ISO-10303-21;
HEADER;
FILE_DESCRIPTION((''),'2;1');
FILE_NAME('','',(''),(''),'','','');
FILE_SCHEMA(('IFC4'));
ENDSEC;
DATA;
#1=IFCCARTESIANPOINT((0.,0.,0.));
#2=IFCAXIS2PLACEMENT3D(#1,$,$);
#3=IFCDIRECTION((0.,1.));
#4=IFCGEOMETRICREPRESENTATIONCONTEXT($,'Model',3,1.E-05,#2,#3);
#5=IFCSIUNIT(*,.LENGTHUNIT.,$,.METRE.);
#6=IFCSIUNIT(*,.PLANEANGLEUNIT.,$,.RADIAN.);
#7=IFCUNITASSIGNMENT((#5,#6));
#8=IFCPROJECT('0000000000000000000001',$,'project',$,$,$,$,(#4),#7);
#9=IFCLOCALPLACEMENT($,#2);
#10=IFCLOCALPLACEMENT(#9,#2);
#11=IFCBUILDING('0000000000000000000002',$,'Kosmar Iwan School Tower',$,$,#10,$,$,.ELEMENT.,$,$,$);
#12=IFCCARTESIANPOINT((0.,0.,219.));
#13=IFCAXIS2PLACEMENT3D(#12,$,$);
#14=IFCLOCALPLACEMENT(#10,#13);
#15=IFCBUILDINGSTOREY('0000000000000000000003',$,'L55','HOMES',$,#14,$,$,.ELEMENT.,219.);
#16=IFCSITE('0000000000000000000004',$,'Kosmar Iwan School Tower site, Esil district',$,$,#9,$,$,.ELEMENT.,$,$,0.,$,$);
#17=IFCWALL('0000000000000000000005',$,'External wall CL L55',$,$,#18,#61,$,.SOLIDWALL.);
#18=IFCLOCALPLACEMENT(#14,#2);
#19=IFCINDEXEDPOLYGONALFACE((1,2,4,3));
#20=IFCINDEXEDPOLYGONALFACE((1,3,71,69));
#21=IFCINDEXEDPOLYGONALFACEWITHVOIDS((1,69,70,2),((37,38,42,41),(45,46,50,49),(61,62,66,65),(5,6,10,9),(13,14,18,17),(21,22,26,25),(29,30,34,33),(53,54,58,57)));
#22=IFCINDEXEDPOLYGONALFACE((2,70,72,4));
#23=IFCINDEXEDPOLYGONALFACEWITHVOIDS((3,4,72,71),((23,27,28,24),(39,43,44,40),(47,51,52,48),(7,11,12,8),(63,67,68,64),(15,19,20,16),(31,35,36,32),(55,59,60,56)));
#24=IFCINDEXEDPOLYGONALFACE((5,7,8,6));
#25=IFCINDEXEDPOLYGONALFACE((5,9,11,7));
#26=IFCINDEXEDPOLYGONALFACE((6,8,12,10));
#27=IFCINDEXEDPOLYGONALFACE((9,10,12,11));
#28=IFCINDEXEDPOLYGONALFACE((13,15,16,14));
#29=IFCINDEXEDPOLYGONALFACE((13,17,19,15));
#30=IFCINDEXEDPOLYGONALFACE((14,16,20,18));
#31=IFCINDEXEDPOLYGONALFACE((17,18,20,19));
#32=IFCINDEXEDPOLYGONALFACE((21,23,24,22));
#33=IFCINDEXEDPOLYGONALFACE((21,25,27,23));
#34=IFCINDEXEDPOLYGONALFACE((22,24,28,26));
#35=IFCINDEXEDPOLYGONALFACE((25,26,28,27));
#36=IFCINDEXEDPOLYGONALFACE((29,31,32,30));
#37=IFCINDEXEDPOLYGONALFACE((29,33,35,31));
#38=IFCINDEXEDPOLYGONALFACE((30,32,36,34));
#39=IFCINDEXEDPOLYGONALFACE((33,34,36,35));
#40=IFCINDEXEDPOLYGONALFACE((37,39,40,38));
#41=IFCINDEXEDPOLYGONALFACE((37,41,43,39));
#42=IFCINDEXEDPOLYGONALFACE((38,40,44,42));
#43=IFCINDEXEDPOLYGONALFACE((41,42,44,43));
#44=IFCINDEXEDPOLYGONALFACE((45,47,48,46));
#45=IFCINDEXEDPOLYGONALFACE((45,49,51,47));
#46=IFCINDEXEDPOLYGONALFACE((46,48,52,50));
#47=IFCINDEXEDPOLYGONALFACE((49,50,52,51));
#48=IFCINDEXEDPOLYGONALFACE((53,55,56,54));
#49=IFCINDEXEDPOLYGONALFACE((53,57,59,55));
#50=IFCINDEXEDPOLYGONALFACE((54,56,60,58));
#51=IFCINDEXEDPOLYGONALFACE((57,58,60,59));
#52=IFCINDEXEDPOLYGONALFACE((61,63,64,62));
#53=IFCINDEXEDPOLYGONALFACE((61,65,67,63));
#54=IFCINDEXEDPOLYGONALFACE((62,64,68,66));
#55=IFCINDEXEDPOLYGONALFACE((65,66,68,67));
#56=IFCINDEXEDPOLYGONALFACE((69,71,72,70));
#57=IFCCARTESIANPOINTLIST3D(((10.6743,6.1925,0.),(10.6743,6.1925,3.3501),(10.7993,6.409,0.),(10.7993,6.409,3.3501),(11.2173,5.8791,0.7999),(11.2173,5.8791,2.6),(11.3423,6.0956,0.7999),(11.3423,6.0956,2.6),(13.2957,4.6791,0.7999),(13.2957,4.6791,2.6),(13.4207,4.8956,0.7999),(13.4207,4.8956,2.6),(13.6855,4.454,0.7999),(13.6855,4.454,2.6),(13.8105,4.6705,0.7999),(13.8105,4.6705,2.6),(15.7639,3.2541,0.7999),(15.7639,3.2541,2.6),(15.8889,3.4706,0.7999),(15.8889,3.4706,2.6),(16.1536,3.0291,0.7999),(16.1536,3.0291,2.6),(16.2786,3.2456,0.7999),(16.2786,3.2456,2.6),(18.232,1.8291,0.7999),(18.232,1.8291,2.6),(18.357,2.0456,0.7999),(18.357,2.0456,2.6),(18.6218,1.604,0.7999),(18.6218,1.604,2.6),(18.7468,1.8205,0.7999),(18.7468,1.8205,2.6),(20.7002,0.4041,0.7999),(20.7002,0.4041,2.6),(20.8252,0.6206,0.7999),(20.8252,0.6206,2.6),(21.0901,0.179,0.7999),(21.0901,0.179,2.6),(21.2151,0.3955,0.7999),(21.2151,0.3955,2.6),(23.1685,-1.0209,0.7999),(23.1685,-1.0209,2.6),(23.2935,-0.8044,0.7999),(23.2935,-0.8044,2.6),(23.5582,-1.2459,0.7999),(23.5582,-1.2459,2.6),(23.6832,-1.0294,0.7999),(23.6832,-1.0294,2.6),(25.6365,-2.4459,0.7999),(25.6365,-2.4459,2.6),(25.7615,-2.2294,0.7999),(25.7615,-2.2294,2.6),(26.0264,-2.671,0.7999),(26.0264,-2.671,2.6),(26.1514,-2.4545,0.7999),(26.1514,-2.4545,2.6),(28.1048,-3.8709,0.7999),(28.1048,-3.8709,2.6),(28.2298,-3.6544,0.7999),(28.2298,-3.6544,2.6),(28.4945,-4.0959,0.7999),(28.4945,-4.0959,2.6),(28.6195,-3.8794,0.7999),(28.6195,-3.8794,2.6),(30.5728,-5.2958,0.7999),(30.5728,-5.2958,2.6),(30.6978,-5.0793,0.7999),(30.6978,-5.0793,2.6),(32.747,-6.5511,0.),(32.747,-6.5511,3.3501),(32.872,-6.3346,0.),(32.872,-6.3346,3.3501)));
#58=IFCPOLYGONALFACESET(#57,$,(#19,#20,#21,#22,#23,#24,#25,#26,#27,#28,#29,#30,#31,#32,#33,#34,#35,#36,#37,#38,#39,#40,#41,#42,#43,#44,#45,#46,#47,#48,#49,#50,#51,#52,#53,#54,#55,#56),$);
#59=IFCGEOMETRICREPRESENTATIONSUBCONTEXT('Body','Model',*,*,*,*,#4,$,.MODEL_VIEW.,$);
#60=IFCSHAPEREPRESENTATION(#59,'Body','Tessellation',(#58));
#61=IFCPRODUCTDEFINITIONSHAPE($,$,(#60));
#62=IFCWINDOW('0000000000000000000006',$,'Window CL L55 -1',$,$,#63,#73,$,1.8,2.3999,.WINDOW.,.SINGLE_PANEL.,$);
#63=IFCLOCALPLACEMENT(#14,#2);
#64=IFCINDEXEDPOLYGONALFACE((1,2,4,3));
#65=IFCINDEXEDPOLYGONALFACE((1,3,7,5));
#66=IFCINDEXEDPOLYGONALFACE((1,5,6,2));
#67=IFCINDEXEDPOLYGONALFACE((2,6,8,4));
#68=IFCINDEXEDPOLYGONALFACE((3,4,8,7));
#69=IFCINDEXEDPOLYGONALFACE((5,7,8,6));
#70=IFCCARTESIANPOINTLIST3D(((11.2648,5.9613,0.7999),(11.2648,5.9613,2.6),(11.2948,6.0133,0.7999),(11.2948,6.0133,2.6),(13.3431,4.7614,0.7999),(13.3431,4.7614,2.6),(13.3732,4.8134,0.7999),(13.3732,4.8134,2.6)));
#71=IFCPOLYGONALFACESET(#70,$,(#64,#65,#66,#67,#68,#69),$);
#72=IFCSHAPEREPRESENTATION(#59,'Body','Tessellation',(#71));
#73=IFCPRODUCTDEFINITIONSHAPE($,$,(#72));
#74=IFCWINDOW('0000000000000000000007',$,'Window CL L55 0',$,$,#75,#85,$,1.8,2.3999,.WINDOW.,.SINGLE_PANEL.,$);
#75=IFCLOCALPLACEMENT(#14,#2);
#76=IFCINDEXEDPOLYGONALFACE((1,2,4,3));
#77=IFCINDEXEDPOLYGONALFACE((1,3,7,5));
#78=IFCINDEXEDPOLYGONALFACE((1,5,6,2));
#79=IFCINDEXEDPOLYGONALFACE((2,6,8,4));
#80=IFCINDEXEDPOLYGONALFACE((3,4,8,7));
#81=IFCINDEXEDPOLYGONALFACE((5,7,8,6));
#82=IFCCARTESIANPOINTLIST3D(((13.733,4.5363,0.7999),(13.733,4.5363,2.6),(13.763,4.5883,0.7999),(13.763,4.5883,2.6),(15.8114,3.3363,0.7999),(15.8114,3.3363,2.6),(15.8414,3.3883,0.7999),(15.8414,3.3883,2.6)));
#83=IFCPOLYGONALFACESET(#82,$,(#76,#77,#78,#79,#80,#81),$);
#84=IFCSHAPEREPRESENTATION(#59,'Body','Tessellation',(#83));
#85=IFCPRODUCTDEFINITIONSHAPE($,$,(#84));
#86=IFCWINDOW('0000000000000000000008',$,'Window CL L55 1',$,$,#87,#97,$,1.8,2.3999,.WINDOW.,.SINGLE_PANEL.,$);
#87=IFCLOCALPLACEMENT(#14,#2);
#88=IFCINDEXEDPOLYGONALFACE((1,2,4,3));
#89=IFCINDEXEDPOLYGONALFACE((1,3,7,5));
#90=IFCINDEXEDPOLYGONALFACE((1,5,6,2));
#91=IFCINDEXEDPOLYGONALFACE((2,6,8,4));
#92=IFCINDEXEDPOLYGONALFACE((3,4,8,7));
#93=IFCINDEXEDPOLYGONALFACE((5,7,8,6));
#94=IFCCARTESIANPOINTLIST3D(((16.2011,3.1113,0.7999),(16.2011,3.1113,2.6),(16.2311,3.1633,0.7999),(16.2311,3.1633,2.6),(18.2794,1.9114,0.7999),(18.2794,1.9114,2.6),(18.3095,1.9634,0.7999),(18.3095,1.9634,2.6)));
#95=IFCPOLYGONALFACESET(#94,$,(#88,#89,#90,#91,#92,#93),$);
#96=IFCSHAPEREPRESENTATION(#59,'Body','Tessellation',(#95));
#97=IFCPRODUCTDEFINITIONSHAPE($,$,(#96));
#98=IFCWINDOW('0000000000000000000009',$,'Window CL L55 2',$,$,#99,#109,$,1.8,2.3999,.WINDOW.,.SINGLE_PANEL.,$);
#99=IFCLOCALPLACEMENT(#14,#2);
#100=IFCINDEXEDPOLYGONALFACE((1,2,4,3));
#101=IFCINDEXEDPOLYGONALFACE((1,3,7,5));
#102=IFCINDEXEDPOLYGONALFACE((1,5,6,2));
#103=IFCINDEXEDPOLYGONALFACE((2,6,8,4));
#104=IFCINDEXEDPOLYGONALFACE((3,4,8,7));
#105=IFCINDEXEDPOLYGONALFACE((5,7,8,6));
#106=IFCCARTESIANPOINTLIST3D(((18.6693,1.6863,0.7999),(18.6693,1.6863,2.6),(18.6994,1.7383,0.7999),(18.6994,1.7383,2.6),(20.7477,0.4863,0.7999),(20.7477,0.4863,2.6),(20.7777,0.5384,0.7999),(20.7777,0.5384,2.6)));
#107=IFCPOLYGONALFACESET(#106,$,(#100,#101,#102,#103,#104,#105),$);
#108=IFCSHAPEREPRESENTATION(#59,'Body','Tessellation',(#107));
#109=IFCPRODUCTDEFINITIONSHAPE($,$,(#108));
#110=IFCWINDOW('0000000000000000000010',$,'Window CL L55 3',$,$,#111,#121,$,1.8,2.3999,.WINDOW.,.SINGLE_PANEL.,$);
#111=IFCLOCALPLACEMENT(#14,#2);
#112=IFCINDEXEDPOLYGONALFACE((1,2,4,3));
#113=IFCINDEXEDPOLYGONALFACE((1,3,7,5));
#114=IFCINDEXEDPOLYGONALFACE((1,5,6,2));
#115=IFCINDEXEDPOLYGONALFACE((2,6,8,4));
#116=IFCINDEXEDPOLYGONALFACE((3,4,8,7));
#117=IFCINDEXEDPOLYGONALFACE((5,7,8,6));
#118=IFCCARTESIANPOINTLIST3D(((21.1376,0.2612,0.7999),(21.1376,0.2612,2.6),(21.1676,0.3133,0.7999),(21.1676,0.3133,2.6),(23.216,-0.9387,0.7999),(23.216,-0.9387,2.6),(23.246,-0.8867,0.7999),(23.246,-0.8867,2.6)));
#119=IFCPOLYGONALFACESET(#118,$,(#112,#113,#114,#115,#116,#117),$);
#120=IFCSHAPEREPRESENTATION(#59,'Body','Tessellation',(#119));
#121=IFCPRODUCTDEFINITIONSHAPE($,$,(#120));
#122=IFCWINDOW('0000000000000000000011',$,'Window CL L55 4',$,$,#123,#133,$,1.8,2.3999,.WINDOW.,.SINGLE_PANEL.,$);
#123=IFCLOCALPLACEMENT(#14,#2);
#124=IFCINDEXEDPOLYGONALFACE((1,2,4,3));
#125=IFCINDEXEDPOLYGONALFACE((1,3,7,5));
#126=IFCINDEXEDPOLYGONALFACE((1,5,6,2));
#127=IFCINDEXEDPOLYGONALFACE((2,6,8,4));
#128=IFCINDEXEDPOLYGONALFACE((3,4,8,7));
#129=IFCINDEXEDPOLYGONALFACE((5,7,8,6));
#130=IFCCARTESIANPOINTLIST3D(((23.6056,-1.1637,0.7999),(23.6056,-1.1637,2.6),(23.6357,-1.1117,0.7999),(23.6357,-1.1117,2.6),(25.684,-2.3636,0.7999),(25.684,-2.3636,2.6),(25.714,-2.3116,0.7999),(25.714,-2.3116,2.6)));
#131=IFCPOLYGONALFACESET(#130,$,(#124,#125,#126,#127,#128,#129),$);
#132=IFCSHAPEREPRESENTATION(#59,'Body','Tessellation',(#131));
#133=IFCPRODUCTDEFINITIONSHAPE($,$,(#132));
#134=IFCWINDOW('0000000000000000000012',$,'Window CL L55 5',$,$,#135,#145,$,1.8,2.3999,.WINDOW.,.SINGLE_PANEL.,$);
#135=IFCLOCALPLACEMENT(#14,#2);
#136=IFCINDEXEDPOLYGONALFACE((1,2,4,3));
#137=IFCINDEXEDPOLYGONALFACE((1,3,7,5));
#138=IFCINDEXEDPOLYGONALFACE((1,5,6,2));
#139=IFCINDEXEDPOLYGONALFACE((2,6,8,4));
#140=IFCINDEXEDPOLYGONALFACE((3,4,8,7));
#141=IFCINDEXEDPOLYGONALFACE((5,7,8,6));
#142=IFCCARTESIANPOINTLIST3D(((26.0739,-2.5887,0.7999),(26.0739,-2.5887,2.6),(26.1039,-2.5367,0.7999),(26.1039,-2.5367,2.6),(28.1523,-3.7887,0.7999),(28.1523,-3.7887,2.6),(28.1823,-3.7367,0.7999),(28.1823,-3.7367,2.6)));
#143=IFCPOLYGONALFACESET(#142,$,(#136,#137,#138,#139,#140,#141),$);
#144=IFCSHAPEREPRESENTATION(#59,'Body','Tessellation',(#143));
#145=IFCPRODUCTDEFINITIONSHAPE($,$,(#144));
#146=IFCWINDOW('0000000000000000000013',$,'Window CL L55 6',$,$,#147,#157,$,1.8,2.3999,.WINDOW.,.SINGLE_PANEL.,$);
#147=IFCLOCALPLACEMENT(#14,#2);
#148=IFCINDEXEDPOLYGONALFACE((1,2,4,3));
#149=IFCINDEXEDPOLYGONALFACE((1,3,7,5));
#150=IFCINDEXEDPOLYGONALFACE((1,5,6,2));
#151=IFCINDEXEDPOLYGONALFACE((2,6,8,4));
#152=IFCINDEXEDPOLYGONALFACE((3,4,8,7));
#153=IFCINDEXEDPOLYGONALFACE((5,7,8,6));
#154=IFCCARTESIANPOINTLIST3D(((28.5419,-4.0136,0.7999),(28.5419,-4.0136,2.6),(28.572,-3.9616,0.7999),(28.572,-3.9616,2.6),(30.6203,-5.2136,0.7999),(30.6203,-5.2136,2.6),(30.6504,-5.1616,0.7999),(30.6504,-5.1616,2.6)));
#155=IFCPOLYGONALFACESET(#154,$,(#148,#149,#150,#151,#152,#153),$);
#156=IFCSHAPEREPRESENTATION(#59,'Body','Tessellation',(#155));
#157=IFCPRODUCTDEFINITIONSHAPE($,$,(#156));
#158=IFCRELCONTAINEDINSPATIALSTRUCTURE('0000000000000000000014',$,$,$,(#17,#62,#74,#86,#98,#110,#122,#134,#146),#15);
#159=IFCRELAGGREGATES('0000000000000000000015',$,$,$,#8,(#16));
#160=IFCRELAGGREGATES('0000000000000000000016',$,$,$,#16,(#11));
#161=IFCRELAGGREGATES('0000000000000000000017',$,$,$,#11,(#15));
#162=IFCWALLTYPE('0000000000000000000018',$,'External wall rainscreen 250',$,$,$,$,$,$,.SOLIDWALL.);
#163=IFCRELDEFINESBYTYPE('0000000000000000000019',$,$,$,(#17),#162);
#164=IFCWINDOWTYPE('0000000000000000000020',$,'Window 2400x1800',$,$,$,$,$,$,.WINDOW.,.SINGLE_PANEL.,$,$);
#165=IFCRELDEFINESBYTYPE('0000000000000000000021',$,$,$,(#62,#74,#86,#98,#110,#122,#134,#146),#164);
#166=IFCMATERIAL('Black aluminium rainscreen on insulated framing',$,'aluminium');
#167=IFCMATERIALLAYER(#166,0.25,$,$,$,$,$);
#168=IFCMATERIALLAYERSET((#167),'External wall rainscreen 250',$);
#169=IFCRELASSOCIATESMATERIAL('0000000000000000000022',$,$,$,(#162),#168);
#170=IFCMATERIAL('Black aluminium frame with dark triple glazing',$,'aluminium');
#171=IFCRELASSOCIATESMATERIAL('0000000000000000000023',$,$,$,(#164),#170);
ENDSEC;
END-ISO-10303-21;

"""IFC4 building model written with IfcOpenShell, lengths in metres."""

from ifc_helpers import new_model, si_unit, direction, frame, frame_2d, origin, place, context, subcontext, project, spatial, rectangle, extrude, material, layer, layer_set, type_object, element, fill, save


model = new_model("IFC4")

# Units and contexts
model_context = context("Model", 3, precision=1e-05, world=origin(), true_north=direction((0.0, 1.0)))
body_context = subcontext(model_context, "Body", "Model", "MODEL_VIEW")
ifc_project = project(units=[si_unit("LENGTHUNIT", "METRE"), si_unit("PLANEANGLEUNIT", "RADIAN")], contexts=[model_context])

# Site, building, storey
site_placement = place(None, origin())
site = spatial("IfcSite", under=ifc_project, at=site_placement, Name="Kosmar Iwan School Tower site, Esil district", CompositionType="ELEMENT", RefElevation=0.0)
building_placement = place(site_placement, origin())
building = spatial("IfcBuilding", under=site, at=building_placement, Name="Kosmar Iwan School Tower", CompositionType="ELEMENT")
storey_placement = place(building_placement, frame((0.0, 0.0, 219.0)))
storey = spatial("IfcBuildingStorey", under=building, at=storey_placement, Name="L55", Description="HOMES", CompositionType="ELEMENT", Elevation=219.0)

# Wall, openings, windows
ifc_material_1 = material(Name="Black aluminium rainscreen on insulated framing", Category="aluminium")
ifc_layer_1 = layer(ifc_material_1, 0.25)
ifc_layer_set_1 = layer_set([ifc_layer_1], Name="External wall rainscreen 250")
wall_type_1 = type_object("IfcWallType", Name="External wall rainscreen 250", PredefinedType="SOLIDWALL", material=ifc_layer_set_1)
wall_1_placement = place(storey_placement, frame((10.7368, 6.3008, 0.0), z_axis=(0.0, 0.0, 1.0), x_axis=(0.866026, -0.499998, 0.0)))
wall_1 = element("IfcWall", 1, at=wall_1_placement, inside=storey, type_object=wall_type_1, Name="External wall CL L55", PredefinedType="SOLIDWALL", context=body_context, shape_type="SweptSolid", body=[
    extrude(rectangle(XDim=25.4873, YDim=0.25, at=frame_2d((12.7437, 0.0))), origin(), (0.0, 0.0, 1.0), 3.3501),
])
opening_1_placement = place(wall_1_placement, frame((0.627, 0.0, 0.8)))
opening_1 = element("IfcOpeningElement", 2, at=opening_1_placement, cuts=wall_1, PredefinedType="OPENING", context=body_context, shape_type="SweptSolid", body=[
    extrude(rectangle(XDim=2.3999, YDim=1.8, at=frame_2d((1.2, 0.8999))), frame((0.0, 0.137, 0.0), z_axis=(0.0, -1.0, 0.0), x_axis=(1.0, 0.0, 0.0)), (0.0, 0.0, 1.0), 0.2739),
])
opening_2_placement = place(wall_1_placement, frame((3.4771, 0.0, 0.8)))
opening_2 = element("IfcOpeningElement", 3, at=opening_2_placement, cuts=wall_1, PredefinedType="OPENING", context=body_context, shape_type="SweptSolid", body=[
    extrude(rectangle(XDim=2.3999, YDim=1.8, at=frame_2d((1.2, 0.8999))), frame((0.0, 0.137, 0.0), z_axis=(0.0, -1.0, 0.0), x_axis=(1.0, 0.0, 0.0)), (0.0, 0.0, 1.0), 0.2739),
])
opening_3_placement = place(wall_1_placement, frame((6.3269, 0.0, 0.8)))
opening_3 = element("IfcOpeningElement", 4, at=opening_3_placement, cuts=wall_1, PredefinedType="OPENING", context=body_context, shape_type="SweptSolid", body=[
    extrude(rectangle(XDim=2.3999, YDim=1.8, at=frame_2d((1.2, 0.8999))), frame((0.0, 0.137, 0.0), z_axis=(0.0, -1.0, 0.0), x_axis=(1.0, 0.0, 0.0)), (0.0, 0.0, 1.0), 0.2739),
])
opening_4_placement = place(wall_1_placement, frame((9.177, 0.0, 0.8)))
opening_4 = element("IfcOpeningElement", 5, at=opening_4_placement, cuts=wall_1, PredefinedType="OPENING", context=body_context, shape_type="SweptSolid", body=[
    extrude(rectangle(XDim=2.3999, YDim=1.8, at=frame_2d((1.2, 0.8999))), frame((0.0, 0.137, 0.0), z_axis=(0.0, -1.0, 0.0), x_axis=(1.0, 0.0, 0.0)), (0.0, 0.0, 1.0), 0.2739),
])
opening_5_placement = place(wall_1_placement, frame((12.0271, 0.0, 0.8)))
opening_5 = element("IfcOpeningElement", 6, at=opening_5_placement, cuts=wall_1, PredefinedType="OPENING", context=body_context, shape_type="SweptSolid", body=[
    extrude(rectangle(XDim=2.3999, YDim=1.8, at=frame_2d((1.2, 0.8999))), frame((0.0, 0.137, 0.0), z_axis=(0.0, -1.0, 0.0), x_axis=(1.0, 0.0, 0.0)), (0.0, 0.0, 1.0), 0.2739),
])
opening_6_placement = place(wall_1_placement, frame((14.877, 0.0, 0.8)))
opening_6 = element("IfcOpeningElement", 7, at=opening_6_placement, cuts=wall_1, PredefinedType="OPENING", context=body_context, shape_type="SweptSolid", body=[
    extrude(rectangle(XDim=2.3999, YDim=1.8, at=frame_2d((1.2, 0.8999))), frame((0.0, 0.137, 0.0), z_axis=(0.0, -1.0, 0.0), x_axis=(1.0, 0.0, 0.0)), (0.0, 0.0, 1.0), 0.2739),
])
opening_7_placement = place(wall_1_placement, frame((17.7271, 0.0, 0.8)))
opening_7 = element("IfcOpeningElement", 8, at=opening_7_placement, cuts=wall_1, PredefinedType="OPENING", context=body_context, shape_type="SweptSolid", body=[
    extrude(rectangle(XDim=2.3999, YDim=1.8, at=frame_2d((1.2, 0.8999))), frame((0.0, 0.137, 0.0), z_axis=(0.0, -1.0, 0.0), x_axis=(1.0, 0.0, 0.0)), (0.0, 0.0, 1.0), 0.2739),
])
opening_8_placement = place(wall_1_placement, frame((20.5769, 0.0, 0.8)))
opening_8 = element("IfcOpeningElement", 9, at=opening_8_placement, cuts=wall_1, PredefinedType="OPENING", context=body_context, shape_type="SweptSolid", body=[
    extrude(rectangle(XDim=2.3999, YDim=1.8, at=frame_2d((1.2, 0.8999))), frame((0.0, 0.137, 0.0), z_axis=(0.0, -1.0, 0.0), x_axis=(1.0, 0.0, 0.0)), (0.0, 0.0, 1.0), 0.2739),
])
ifc_material_2 = material(Name="Black aluminium frame with dark triple glazing", Category="aluminium")
window_type = type_object("IfcWindowType", Name="Window 2400x1800", PartitioningType="SINGLE_PANEL", PredefinedType="WINDOW", material=ifc_material_2)
window_1_placement = place(opening_1_placement, origin())
window_1 = element("IfcWindow", 10, at=window_1_placement, inside=storey, type_object=window_type, Name="Window CL L55 -1", OverallHeight=1.8, OverallWidth=2.3999, PartitioningType="SINGLE_PANEL", PredefinedType="WINDOW", context=body_context, shape_type="SweptSolid", body=[
    extrude(rectangle(XDim=2.3999, YDim=1.8, at=frame_2d((1.2, 0.8999))), frame((0.0, 0.03, 0.0), z_axis=(0.0, -1.0, 0.0), x_axis=(1.0, 0.0, 0.0)), (0.0, 0.0, 1.0), 0.0601),
])
fill(opening_1, window_1)
window_2_placement = place(opening_2_placement, origin())
window_2 = element("IfcWindow", 11, at=window_2_placement, inside=storey, type_object=window_type, Name="Window CL L55 0", OverallHeight=1.8, OverallWidth=2.3999, PartitioningType="SINGLE_PANEL", PredefinedType="WINDOW", context=body_context, shape_type="SweptSolid", body=[
    extrude(rectangle(XDim=2.3999, YDim=1.8, at=frame_2d((1.2, 0.8999))), frame((0.0, 0.03, 0.0), z_axis=(0.0, -1.0, 0.0), x_axis=(1.0, 0.0, 0.0)), (0.0, 0.0, 1.0), 0.0601),
])
fill(opening_2, window_2)
window_3_placement = place(opening_3_placement, origin())
window_3 = element("IfcWindow", 12, at=window_3_placement, inside=storey, type_object=window_type, Name="Window CL L55 1", OverallHeight=1.8, OverallWidth=2.3999, PartitioningType="SINGLE_PANEL", PredefinedType="WINDOW", context=body_context, shape_type="SweptSolid", body=[
    extrude(rectangle(XDim=2.3999, YDim=1.8, at=frame_2d((1.2, 0.8999))), frame((0.0, 0.03, 0.0), z_axis=(0.0, -1.0, 0.0), x_axis=(1.0, 0.0, 0.0)), (0.0, 0.0, 1.0), 0.0601),
])
fill(opening_3, window_3)
window_4_placement = place(opening_4_placement, origin())
window_4 = element("IfcWindow", 13, at=window_4_placement, inside=storey, type_object=window_type, Name="Window CL L55 2", OverallHeight=1.8, OverallWidth=2.3999, PartitioningType="SINGLE_PANEL", PredefinedType="WINDOW", context=body_context, shape_type="SweptSolid", body=[
    extrude(rectangle(XDim=2.3999, YDim=1.8, at=frame_2d((1.2, 0.8999))), frame((0.0, 0.03, 0.0), z_axis=(0.0, -1.0, 0.0), x_axis=(1.0, 0.0, 0.0)), (0.0, 0.0, 1.0), 0.0601),
])
fill(opening_4, window_4)
window_5_placement = place(opening_5_placement, origin())
window_5 = element("IfcWindow", 14, at=window_5_placement, inside=storey, type_object=window_type, Name="Window CL L55 3", OverallHeight=1.8, OverallWidth=2.3999, PartitioningType="SINGLE_PANEL", PredefinedType="WINDOW", context=body_context, shape_type="SweptSolid", body=[
    extrude(rectangle(XDim=2.3999, YDim=1.8, at=frame_2d((1.2, 0.8999))), frame((0.0, 0.03, 0.0), z_axis=(0.0, -1.0, 0.0), x_axis=(1.0, 0.0, 0.0)), (0.0, 0.0, 1.0), 0.0601),
])
fill(opening_5, window_5)
window_6_placement = place(opening_6_placement, origin())
window_6 = element("IfcWindow", 15, at=window_6_placement, inside=storey, type_object=window_type, Name="Window CL L55 4", OverallHeight=1.8, OverallWidth=2.3999, PartitioningType="SINGLE_PANEL", PredefinedType="WINDOW", context=body_context, shape_type="SweptSolid", body=[
    extrude(rectangle(XDim=2.3999, YDim=1.8, at=frame_2d((1.2, 0.8999))), frame((0.0, 0.03, 0.0), z_axis=(0.0, -1.0, 0.0), x_axis=(1.0, 0.0, 0.0)), (0.0, 0.0, 1.0), 0.0601),
])
fill(opening_6, window_6)
window_7_placement = place(opening_7_placement, origin())
window_7 = element("IfcWindow", 16, at=window_7_placement, inside=storey, type_object=window_type, Name="Window CL L55 5", OverallHeight=1.8, OverallWidth=2.3999, PartitioningType="SINGLE_PANEL", PredefinedType="WINDOW", context=body_context, shape_type="SweptSolid", body=[
    extrude(rectangle(XDim=2.3999, YDim=1.8, at=frame_2d((1.2, 0.8999))), frame((0.0, 0.03, 0.0), z_axis=(0.0, -1.0, 0.0), x_axis=(1.0, 0.0, 0.0)), (0.0, 0.0, 1.0), 0.0601),
])
fill(opening_7, window_7)
window_8_placement = place(opening_8_placement, origin())
window_8 = element("IfcWindow", 17, at=window_8_placement, inside=storey, type_object=window_type, Name="Window CL L55 6", OverallHeight=1.8, OverallWidth=2.3999, PartitioningType="SINGLE_PANEL", PredefinedType="WINDOW", context=body_context, shape_type="SweptSolid", body=[
    extrude(rectangle(XDim=2.3999, YDim=1.8, at=frame_2d((1.2, 0.8999))), frame((0.0, 0.03, 0.0), z_axis=(0.0, -1.0, 0.0), x_axis=(1.0, 0.0, 0.0)), (0.0, 0.0, 1.0), 0.0601),
])
fill(opening_8, window_8)

save(model, "model.ifc")
